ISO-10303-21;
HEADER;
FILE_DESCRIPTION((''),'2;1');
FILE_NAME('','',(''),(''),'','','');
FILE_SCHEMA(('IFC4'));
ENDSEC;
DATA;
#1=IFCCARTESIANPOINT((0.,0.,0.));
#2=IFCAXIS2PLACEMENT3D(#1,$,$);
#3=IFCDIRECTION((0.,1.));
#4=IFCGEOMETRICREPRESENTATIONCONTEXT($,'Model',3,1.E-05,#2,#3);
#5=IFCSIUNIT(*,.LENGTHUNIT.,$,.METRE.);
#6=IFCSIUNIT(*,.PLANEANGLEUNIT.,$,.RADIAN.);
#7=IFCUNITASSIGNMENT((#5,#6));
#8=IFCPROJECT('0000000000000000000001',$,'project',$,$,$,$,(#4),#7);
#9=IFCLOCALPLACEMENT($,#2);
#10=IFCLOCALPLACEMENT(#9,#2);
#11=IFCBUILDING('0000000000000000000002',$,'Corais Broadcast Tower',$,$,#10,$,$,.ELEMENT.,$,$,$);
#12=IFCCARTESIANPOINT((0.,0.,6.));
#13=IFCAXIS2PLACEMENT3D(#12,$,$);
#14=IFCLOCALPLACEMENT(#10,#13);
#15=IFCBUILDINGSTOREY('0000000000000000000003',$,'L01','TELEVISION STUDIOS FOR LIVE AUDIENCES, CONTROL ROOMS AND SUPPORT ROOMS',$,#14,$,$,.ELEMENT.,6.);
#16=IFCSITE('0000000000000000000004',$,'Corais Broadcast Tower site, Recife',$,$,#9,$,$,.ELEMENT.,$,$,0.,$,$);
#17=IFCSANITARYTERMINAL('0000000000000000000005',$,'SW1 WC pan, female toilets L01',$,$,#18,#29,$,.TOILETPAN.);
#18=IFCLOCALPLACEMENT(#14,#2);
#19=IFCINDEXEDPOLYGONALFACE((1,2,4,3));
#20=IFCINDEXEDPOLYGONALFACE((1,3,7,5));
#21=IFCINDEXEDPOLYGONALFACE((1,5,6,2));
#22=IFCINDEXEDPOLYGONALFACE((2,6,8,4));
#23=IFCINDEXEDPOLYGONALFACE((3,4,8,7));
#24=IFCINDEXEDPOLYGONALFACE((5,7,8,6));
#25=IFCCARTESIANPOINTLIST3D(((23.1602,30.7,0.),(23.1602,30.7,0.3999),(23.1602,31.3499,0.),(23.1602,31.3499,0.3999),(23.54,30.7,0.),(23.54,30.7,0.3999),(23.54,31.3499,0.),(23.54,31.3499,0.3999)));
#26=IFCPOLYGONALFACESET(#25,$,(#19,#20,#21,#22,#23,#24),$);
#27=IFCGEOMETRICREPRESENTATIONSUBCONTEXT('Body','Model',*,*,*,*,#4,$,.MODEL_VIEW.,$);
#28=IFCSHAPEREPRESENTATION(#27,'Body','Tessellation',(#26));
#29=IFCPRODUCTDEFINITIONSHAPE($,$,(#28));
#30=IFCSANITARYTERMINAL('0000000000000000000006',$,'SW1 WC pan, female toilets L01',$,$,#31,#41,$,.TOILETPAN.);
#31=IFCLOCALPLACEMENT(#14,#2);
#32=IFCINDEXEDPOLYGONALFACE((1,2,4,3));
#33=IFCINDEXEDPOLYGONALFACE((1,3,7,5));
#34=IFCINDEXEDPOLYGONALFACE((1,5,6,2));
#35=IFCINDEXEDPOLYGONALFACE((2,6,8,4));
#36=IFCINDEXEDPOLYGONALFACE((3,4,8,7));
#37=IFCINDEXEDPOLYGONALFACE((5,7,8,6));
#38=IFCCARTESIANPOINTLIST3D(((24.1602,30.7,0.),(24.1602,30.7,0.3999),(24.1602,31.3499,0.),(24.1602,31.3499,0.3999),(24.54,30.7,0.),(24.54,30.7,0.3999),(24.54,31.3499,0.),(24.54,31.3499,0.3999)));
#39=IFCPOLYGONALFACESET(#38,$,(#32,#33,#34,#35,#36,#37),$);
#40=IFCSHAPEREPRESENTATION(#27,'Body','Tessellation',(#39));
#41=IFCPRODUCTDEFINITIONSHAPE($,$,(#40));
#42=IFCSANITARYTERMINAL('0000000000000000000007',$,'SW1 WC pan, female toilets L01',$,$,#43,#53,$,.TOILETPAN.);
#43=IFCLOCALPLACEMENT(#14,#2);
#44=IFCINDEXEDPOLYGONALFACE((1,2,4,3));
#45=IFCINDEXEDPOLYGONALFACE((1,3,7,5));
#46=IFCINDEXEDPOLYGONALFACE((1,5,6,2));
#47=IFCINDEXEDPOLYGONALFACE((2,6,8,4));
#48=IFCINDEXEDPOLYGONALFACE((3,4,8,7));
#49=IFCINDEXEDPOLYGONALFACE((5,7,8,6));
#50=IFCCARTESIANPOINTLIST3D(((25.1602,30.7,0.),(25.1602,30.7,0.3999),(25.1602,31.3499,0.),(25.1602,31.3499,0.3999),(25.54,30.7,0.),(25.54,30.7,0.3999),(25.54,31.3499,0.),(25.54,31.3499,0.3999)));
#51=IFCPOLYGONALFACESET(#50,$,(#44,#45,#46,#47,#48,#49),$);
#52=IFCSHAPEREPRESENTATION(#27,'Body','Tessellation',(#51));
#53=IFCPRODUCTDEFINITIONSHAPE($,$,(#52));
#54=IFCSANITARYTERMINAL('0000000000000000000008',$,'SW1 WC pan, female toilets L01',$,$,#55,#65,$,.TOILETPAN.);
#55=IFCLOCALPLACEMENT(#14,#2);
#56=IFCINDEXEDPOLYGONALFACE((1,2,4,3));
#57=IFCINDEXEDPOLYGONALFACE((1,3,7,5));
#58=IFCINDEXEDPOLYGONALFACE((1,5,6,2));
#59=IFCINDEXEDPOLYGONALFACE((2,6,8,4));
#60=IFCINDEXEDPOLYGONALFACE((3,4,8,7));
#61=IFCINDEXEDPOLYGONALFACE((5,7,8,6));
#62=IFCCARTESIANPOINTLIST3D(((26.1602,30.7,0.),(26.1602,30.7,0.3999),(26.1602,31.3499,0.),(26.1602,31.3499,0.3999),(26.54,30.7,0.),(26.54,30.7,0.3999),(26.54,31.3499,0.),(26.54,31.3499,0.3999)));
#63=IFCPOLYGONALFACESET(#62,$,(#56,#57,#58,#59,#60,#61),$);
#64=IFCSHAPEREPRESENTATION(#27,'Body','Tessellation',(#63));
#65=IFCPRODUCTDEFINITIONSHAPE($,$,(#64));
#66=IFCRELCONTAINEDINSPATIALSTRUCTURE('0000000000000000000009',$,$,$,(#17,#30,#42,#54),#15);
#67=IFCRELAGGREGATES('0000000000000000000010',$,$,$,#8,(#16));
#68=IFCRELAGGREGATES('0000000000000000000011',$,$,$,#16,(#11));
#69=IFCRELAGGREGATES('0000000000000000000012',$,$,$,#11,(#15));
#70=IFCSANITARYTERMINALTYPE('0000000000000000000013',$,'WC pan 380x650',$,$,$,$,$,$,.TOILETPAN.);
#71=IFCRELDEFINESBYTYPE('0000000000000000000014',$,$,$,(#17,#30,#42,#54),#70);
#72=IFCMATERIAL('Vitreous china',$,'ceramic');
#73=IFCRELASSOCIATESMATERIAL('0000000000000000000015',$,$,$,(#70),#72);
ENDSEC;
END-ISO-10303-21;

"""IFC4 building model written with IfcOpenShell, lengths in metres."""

from ifc_helpers import new_model, si_unit, direction, frame, origin, origin_2d, place, context, subcontext, project, spatial, rectangle, extrude, material, type_object, element, save


model = new_model("IFC4")

# Units and contexts
model_context = context("Model", 3, precision=1e-05, world=origin(), true_north=direction((0.0, 1.0)))
body_context = subcontext(model_context, "Body", "Model", "MODEL_VIEW")
ifc_project = project(units=[si_unit("LENGTHUNIT", "METRE"), si_unit("PLANEANGLEUNIT", "RADIAN")], contexts=[model_context])

# Site, building, storey
site_placement = place(None, origin())
site = spatial("IfcSite", under=ifc_project, at=site_placement, Name="Corais Broadcast Tower site, Recife", CompositionType="ELEMENT", RefElevation=0.0)
building_placement = place(site_placement, origin())
building = spatial("IfcBuilding", under=site, at=building_placement, Name="Corais Broadcast Tower", CompositionType="ELEMENT")
storey_placement = place(building_placement, frame((0.0, 0.0, 6.0)))
storey = spatial("IfcBuildingStorey", under=building, at=storey_placement, Name="L01", Description="TELEVISION STUDIOS FOR LIVE AUDIENCES, CONTROL ROOMS AND SUPPORT ROOMS", CompositionType="ELEMENT", Elevation=6.0)

# Sanitary terminals
ifc_material_1 = material(Name="Vitreous china", Category="ceramic")
sanitary_terminal_type = type_object("IfcSanitaryTerminalType", Name="WC pan 380x650", PredefinedType="TOILETPAN", material=ifc_material_1)
for number, where, z_axis, x_axis, name in (
    (1, (23.3501, 31.0249, 0.0), (0.0, 0.0, 1.0), (1.0, 0.0, 0.0), "SW1 WC pan, female toilets L01"),
    (2, (24.3501, 31.0249, 0.0), (0.0, 0.0, 1.0), (1.0, 0.0, 0.0), "SW1 WC pan, female toilets L01"),
    (3, (25.3501, 31.0249, 0.0), (0.0, 0.0, 1.0), (1.0, 0.0, 0.0), "SW1 WC pan, female toilets L01"),
    (4, (26.3501, 31.0249, 0.0), (0.0, 0.0, 1.0), (1.0, 0.0, 0.0), "SW1 WC pan, female toilets L01"),
):
    element("IfcSanitaryTerminal", number, at=place(storey_placement, frame(where, z_axis=z_axis, x_axis=x_axis)), inside=storey, type_object=sanitary_terminal_type, Name=name, PredefinedType="TOILETPAN", context=body_context, shape_type="SweptSolid", body=[
        extrude(rectangle(XDim=0.3799, YDim=0.6499, at=origin_2d()), origin(), (0.0, 0.0, 1.0), 0.3999),
    ])

save(model, "model.ifc")
